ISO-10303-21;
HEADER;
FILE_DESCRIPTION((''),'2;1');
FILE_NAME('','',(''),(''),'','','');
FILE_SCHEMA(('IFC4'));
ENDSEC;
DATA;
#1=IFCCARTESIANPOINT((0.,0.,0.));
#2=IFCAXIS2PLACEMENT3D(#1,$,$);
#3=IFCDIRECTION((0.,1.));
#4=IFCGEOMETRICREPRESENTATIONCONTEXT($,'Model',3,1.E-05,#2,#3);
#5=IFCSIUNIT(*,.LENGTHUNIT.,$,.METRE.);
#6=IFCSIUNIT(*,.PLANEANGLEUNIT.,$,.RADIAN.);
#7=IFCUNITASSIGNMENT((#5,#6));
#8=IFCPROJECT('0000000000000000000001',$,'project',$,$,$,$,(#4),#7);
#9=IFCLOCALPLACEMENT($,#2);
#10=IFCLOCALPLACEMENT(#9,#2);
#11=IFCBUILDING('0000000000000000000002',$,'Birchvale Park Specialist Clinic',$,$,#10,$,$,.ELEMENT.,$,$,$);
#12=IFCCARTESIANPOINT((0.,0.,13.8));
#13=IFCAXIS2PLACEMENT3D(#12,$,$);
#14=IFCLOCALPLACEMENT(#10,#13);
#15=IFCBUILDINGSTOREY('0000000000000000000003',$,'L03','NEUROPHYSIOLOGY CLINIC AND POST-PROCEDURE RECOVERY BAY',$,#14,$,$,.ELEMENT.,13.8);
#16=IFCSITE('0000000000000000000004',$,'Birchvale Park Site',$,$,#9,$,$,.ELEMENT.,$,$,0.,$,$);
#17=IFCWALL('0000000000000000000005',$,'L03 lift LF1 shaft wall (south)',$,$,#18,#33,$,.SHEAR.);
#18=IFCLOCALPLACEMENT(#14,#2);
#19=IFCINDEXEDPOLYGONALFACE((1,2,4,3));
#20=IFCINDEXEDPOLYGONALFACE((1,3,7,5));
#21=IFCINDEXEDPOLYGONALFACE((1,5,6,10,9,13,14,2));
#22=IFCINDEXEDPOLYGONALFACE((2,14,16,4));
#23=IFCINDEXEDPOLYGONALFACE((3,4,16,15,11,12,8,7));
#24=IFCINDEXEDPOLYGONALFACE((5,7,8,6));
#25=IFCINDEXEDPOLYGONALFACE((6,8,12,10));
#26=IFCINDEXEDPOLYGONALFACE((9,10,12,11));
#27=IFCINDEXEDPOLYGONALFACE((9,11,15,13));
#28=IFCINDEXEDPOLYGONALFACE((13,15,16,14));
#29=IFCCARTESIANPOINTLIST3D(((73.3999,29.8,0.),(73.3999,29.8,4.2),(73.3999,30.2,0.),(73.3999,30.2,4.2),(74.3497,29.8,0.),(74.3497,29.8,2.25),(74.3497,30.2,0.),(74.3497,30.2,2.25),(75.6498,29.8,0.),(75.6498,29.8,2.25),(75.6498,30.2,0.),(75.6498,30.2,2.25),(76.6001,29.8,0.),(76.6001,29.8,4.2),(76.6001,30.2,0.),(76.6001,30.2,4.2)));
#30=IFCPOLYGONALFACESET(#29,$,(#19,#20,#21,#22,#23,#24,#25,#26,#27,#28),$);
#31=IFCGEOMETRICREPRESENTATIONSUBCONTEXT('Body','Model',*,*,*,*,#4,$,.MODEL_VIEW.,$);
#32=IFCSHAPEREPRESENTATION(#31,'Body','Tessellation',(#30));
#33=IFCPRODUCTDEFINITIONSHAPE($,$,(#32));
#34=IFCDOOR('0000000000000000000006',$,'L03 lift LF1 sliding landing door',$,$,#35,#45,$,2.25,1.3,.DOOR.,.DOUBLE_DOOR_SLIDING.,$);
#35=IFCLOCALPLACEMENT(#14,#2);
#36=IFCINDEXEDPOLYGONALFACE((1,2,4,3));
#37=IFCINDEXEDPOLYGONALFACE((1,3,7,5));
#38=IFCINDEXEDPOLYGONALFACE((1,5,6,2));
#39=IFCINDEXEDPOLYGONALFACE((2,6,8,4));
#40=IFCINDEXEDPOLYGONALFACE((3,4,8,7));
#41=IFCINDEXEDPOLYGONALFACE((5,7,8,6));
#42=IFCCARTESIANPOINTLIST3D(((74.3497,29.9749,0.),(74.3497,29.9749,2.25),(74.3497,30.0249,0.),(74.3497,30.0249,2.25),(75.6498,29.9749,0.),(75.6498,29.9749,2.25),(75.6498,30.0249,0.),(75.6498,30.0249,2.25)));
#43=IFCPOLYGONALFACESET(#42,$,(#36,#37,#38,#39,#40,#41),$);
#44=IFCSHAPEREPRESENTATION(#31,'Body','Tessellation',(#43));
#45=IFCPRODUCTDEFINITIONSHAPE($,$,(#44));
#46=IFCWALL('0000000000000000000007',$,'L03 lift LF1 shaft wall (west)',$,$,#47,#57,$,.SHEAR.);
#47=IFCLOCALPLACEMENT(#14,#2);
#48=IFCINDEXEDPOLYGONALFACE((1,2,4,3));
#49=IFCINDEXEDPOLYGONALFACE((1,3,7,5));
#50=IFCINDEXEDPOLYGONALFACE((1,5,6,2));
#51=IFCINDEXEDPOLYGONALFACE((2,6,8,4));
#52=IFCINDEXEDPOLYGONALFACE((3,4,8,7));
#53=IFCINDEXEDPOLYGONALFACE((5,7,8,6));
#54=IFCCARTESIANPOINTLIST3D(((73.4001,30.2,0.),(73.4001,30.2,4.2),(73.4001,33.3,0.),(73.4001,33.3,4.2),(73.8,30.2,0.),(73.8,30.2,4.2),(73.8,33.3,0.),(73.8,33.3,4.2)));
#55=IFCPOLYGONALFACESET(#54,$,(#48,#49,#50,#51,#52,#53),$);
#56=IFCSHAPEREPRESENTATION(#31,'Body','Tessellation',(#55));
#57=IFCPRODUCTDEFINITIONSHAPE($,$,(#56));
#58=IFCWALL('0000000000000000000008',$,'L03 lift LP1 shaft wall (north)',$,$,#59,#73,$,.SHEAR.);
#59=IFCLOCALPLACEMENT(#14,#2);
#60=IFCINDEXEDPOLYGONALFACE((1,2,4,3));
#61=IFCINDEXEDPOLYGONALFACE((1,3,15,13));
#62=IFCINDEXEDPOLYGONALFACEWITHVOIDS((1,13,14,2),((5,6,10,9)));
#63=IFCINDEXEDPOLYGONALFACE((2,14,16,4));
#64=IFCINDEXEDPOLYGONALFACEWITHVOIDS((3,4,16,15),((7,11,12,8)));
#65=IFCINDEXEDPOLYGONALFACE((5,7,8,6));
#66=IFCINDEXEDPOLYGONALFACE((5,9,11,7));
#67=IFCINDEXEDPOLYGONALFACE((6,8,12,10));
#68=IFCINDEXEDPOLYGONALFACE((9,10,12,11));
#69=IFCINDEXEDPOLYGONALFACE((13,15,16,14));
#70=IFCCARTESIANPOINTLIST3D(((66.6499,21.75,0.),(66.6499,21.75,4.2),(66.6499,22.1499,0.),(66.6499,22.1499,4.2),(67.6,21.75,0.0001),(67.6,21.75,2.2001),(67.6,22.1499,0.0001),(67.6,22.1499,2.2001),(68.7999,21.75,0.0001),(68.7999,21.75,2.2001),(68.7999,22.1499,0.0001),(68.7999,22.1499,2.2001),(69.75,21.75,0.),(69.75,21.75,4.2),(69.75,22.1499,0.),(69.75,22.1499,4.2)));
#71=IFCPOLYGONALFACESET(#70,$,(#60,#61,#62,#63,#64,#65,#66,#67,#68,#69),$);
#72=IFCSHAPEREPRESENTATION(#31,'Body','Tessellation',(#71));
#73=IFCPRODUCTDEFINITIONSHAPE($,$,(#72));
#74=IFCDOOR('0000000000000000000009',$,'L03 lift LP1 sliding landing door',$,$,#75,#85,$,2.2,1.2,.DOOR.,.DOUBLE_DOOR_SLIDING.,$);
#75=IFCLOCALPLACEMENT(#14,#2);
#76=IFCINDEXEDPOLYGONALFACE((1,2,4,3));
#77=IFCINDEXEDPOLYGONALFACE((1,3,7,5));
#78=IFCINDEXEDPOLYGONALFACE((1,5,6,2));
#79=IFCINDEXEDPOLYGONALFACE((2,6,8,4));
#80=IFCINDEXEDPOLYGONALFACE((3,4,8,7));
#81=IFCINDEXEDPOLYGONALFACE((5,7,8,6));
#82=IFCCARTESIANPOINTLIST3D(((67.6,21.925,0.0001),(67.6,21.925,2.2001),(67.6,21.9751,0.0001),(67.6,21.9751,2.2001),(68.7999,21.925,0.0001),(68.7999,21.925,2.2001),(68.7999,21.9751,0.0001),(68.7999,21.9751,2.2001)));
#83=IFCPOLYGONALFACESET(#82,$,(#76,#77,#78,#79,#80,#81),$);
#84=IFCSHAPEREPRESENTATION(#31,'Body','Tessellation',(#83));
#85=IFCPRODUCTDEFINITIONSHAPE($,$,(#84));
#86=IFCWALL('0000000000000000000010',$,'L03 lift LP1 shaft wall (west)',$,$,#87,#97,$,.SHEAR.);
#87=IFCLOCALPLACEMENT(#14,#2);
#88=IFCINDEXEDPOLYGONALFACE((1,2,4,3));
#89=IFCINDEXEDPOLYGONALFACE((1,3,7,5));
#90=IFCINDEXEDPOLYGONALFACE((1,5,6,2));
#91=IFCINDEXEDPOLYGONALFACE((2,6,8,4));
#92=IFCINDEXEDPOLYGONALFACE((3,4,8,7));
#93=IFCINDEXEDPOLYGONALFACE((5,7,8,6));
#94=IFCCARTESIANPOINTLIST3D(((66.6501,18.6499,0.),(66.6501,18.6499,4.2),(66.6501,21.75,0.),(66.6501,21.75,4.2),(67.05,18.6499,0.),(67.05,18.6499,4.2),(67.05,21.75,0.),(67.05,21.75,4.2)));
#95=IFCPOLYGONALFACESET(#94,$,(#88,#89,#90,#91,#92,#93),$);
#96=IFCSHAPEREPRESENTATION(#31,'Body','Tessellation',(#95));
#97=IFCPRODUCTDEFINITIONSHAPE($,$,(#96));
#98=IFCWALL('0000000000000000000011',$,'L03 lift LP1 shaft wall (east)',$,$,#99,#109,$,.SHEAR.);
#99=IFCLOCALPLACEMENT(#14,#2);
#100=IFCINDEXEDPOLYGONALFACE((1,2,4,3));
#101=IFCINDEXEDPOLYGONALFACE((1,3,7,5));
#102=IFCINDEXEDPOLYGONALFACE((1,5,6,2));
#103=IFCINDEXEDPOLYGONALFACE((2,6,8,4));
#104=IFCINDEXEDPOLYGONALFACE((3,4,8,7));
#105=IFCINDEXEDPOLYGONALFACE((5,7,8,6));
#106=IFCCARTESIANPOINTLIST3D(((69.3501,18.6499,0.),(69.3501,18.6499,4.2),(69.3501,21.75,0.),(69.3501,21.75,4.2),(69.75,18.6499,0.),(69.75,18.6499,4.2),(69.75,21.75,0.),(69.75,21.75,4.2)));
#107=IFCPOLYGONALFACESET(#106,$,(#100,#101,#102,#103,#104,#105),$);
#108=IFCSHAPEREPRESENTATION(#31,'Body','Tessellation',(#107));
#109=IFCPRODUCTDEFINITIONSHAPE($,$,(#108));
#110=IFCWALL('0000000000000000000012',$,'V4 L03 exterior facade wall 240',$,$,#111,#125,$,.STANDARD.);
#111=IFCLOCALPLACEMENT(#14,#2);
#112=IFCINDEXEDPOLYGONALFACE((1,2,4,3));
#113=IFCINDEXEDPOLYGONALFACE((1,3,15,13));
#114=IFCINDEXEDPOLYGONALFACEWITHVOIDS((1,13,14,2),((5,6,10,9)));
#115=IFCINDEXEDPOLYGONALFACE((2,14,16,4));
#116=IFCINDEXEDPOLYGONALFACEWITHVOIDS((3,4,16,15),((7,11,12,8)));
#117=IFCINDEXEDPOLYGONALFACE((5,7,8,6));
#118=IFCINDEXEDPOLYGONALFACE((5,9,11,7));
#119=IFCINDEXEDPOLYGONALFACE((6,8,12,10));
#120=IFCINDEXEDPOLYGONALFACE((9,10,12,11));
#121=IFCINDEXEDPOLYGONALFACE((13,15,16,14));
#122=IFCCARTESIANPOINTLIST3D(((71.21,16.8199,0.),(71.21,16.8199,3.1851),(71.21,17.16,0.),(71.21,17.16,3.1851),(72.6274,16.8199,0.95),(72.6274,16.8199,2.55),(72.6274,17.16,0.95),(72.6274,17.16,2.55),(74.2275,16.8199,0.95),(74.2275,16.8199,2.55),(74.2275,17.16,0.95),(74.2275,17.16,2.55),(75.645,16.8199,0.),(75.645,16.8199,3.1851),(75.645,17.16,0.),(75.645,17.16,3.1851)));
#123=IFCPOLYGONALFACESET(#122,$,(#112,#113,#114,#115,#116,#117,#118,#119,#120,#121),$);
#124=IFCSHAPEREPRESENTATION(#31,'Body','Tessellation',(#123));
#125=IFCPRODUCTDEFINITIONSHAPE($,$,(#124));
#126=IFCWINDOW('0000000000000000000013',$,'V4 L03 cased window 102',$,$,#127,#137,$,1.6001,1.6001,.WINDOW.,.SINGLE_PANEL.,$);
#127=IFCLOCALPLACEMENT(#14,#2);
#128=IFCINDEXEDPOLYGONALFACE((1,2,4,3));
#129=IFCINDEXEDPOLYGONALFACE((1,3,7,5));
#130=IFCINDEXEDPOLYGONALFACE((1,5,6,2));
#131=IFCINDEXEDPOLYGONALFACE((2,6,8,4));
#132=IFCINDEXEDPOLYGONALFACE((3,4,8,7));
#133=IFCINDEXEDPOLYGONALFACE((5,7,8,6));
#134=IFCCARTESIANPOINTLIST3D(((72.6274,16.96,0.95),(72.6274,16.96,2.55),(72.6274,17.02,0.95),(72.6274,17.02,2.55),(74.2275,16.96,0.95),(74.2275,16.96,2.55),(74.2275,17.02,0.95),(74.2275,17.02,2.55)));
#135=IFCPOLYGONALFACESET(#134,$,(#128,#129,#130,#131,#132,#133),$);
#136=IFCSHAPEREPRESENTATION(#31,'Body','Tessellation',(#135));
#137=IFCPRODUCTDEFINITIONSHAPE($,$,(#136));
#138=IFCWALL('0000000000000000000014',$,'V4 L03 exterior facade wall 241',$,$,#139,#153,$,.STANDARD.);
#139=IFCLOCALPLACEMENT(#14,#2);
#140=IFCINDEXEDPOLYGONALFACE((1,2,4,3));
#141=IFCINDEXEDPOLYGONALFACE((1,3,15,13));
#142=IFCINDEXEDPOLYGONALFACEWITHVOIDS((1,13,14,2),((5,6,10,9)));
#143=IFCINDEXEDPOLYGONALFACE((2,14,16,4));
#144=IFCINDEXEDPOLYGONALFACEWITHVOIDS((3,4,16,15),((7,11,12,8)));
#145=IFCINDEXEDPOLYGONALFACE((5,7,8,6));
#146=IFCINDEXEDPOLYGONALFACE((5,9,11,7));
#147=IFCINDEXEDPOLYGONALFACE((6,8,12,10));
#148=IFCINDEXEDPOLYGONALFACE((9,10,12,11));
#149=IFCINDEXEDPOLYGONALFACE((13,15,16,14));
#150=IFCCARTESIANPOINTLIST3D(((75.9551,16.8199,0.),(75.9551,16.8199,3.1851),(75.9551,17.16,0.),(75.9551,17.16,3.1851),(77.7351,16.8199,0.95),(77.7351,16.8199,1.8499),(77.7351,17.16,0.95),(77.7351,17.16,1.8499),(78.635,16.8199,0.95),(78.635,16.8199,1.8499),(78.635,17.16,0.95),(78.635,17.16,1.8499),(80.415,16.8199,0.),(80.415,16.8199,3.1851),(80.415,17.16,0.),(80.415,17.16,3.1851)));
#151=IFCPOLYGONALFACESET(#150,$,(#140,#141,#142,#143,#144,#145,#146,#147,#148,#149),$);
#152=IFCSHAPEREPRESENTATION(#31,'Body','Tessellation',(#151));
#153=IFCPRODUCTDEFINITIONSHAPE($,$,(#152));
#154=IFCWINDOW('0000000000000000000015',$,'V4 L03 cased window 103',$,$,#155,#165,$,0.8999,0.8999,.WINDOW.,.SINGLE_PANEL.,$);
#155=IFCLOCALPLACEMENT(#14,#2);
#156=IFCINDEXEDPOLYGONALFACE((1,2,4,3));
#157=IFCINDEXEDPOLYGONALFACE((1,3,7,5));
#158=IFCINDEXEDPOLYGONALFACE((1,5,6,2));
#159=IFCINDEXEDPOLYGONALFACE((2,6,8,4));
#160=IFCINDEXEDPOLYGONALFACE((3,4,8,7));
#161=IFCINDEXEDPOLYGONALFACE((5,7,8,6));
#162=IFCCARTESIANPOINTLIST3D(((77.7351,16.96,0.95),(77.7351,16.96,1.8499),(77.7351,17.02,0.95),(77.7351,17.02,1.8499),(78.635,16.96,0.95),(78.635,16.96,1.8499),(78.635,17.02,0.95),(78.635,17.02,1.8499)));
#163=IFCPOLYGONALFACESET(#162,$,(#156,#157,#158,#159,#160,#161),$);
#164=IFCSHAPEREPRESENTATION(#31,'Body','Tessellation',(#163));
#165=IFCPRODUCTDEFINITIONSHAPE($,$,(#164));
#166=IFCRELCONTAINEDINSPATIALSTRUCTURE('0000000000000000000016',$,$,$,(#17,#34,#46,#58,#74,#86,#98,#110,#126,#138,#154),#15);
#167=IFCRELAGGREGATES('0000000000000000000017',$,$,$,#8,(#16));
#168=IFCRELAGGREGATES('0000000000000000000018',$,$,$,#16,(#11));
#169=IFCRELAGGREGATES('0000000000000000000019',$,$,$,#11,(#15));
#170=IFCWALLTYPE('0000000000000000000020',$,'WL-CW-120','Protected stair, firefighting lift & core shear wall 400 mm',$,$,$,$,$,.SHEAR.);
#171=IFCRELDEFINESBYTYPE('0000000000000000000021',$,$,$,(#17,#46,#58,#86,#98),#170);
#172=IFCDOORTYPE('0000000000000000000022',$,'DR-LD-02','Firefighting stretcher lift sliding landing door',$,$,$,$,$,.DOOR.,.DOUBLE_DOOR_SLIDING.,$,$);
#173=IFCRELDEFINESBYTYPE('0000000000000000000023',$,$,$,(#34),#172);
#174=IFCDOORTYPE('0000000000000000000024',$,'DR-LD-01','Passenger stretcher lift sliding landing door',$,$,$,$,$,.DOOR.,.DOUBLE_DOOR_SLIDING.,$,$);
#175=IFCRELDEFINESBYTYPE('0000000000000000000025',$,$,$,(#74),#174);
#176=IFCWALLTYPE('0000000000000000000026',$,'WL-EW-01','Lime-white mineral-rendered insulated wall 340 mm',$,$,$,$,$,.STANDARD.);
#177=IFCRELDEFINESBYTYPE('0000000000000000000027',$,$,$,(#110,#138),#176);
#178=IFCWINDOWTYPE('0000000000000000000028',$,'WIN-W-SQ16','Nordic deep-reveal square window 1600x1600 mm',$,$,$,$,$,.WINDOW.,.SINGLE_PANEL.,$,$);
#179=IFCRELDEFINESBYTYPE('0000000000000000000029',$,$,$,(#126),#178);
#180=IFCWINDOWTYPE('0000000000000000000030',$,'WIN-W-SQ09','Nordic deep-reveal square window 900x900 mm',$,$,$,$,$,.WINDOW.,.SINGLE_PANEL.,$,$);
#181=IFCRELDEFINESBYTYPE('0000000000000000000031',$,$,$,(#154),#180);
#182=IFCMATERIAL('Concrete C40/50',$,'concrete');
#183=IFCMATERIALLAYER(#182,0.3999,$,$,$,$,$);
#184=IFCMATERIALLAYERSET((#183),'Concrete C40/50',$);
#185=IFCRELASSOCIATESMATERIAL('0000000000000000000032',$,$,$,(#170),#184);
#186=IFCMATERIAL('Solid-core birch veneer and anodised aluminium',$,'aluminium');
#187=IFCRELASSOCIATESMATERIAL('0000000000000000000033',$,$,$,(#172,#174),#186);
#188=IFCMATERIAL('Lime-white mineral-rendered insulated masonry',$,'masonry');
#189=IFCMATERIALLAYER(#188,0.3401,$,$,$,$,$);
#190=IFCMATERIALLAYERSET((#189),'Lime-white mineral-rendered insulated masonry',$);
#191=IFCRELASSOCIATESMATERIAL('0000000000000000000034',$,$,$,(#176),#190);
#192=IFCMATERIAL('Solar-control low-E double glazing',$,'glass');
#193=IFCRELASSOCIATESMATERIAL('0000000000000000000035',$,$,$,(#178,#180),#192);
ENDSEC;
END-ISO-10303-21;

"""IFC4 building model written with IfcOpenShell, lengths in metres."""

from ifc_helpers import new_model, si_unit, direction, frame, frame_2d, origin, place, context, subcontext, project, spatial, rectangle, extrude, material, layer, layer_set, type_object, element, fill, save


model = new_model("IFC4")

# Units and contexts
model_context = context("Model", 3, precision=1e-05, world=origin(), true_north=direction((0.0, 1.0)))
body_context = subcontext(model_context, "Body", "Model", "MODEL_VIEW")
ifc_project = project(units=[si_unit("LENGTHUNIT", "METRE"), si_unit("PLANEANGLEUNIT", "RADIAN")], contexts=[model_context])

# Site, building, storey
site_placement = place(None, origin())
site = spatial("IfcSite", under=ifc_project, at=site_placement, Name="Birchvale Park Site", CompositionType="ELEMENT", RefElevation=0.0)
building_placement = place(site_placement, origin())
building = spatial("IfcBuilding", under=site, at=building_placement, Name="Birchvale Park Specialist Clinic", CompositionType="ELEMENT")
storey_placement = place(building_placement, frame((0.0, 0.0, 13.8)))
storey = spatial("IfcBuildingStorey", under=building, at=storey_placement, Name="L03", Description="NEUROPHYSIOLOGY CLINIC AND POST-PROCEDURE RECOVERY BAY", CompositionType="ELEMENT", Elevation=13.8)

# Shared definitions
ifc_material_1 = material(Name="Concrete C40/50", Category="concrete")

# Wall, opening, door
ifc_layer_1 = layer(ifc_material_1, 0.3999)
ifc_layer_set_1 = layer_set([ifc_layer_1], Name="Concrete C40/50")
wall_type_1 = type_object("IfcWallType", Name="WL-CW-120", Description="Protected stair, firefighting lift & core shear wall 400 mm", PredefinedType="SHEAR", material=ifc_layer_set_1)
wall_1_placement = place(storey_placement, frame((73.3999, 30.0, 0.0), z_axis=(0.0, 0.0, 1.0), x_axis=(1.0, 0.0, 0.0)))
wall_1 = element("IfcWall", 1, at=wall_1_placement, inside=storey, type_object=wall_type_1, Name="L03 lift LF1 shaft wall (south)", PredefinedType="SHEAR", context=body_context, shape_type="SweptSolid", body=[
    extrude(rectangle(XDim=3.2002, YDim=0.3999, at=frame_2d((1.6001, 0.0))), origin(), (0.0, 0.0, 1.0), 4.2),
])
opening_1_placement = place(wall_1_placement, frame((0.95, 0.0, 0.0)))
opening_1 = element("IfcOpeningElement", 2, at=opening_1_placement, cuts=wall_1, PredefinedType="OPENING", context=body_context, shape_type="SweptSolid", body=[
    extrude(rectangle(XDim=1.3, YDim=2.25, at=frame_2d((0.6499, 1.125))), frame((0.0, 0.21, 0.0), z_axis=(0.0, -1.0, 0.0), x_axis=(1.0, 0.0, 0.0)), (0.0, 0.0, 1.0), 0.4199),
])
ifc_material_2 = material(Name="Solid-core birch veneer and anodised aluminium", Category="aluminium")
door_type_1 = type_object("IfcDoorType", Name="DR-LD-02", Description="Firefighting stretcher lift sliding landing door", OperationType="DOUBLE_DOOR_SLIDING", PredefinedType="DOOR", material=ifc_material_2)
door_1_placement = place(opening_1_placement, origin())
door_1 = element("IfcDoor", 3, at=door_1_placement, inside=storey, type_object=door_type_1, Name="L03 lift LF1 sliding landing door", OperationType="DOUBLE_DOOR_SLIDING", OverallHeight=2.25, OverallWidth=1.3, PredefinedType="DOOR", context=body_context, shape_type="SweptSolid", body=[
    extrude(rectangle(XDim=1.3, YDim=2.25, at=frame_2d((0.6499, 1.125))), frame((0.0, 0.0249, 0.0), z_axis=(0.0, -1.0, 0.0), x_axis=(1.0, 0.0, 0.0)), (0.0, 0.0, 1.0), 0.05),
])
fill(opening_1, door_1)

# Wall
wall_2_placement = place(storey_placement, frame((73.6001, 30.2, 0.0), z_axis=(0.0, 0.0, 1.0), x_axis=(0.0, 1.0, 0.0)))
element("IfcWall", 4, at=wall_2_placement, inside=storey, type_object=wall_type_1, Name="L03 lift LF1 shaft wall (west)", PredefinedType="SHEAR", context=body_context, shape_type="SweptSolid", body=[
    extrude(rectangle(XDim=3.1001, YDim=0.3999, at=frame_2d((1.55, 0.0))), origin(), (0.0, 0.0, 1.0), 4.2),
])

# Wall, opening, door
wall_3_placement = place(storey_placement, frame((69.75, 21.95, 0.0), z_axis=(0.0, 0.0, 1.0), x_axis=(-1.0, 0.0, 0.0)))
wall_3 = element("IfcWall", 5, at=wall_3_placement, inside=storey, type_object=wall_type_1, Name="L03 lift LP1 shaft wall (north)", PredefinedType="SHEAR", context=body_context, shape_type="SweptSolid", body=[
    extrude(rectangle(XDim=3.1001, YDim=0.3999, at=frame_2d((1.55, 0.0))), origin(), (0.0, 0.0, 1.0), 4.2),
])
opening_2_placement = place(wall_3_placement, frame((0.95, 0.0, 0.0)))
opening_2 = element("IfcOpeningElement", 6, at=opening_2_placement, cuts=wall_3, PredefinedType="OPENING", context=body_context, shape_type="SweptSolid", body=[
    extrude(rectangle(XDim=1.2, YDim=2.2, at=frame_2d((0.6001, 1.1001))), frame((0.0, 0.21, 0.0), z_axis=(0.0, -1.0, 0.0), x_axis=(1.0, 0.0, 0.0)), (0.0, 0.0, 1.0), 0.4199),
])
door_type_2 = type_object("IfcDoorType", Name="DR-LD-01", Description="Passenger stretcher lift sliding landing door", OperationType="DOUBLE_DOOR_SLIDING", PredefinedType="DOOR", material=ifc_material_2)
door_2_placement = place(opening_2_placement, origin())
door_2 = element("IfcDoor", 7, at=door_2_placement, inside=storey, type_object=door_type_2, Name="L03 lift LP1 sliding landing door", OperationType="DOUBLE_DOOR_SLIDING", OverallHeight=2.2, OverallWidth=1.2, PredefinedType="DOOR", context=body_context, shape_type="SweptSolid", body=[
    extrude(rectangle(XDim=1.2, YDim=2.2, at=frame_2d((0.6001, 1.1001))), frame((0.0, 0.0249, 0.0), z_axis=(0.0, -1.0, 0.0), x_axis=(1.0, 0.0, 0.0)), (0.0, 0.0, 1.0), 0.05),
])
fill(opening_2, door_2)

# Walls
for number, where, z_axis, x_axis, name in (
    (8, (66.8501, 18.6499, 0.0), (0.0, 0.0, 1.0), (0.0, 1.0, 0.0), "L03 lift LP1 shaft wall (west)"),
    (9, (69.55, 21.75, 0.0), (0.0, 0.0, 1.0), (0.0, -1.0, 0.0), "L03 lift LP1 shaft wall (east)"),
):
    element("IfcWall", number, at=place(storey_placement, frame(where, z_axis=z_axis, x_axis=x_axis)), inside=storey, type_object=wall_type_1, Name=name, PredefinedType="SHEAR", context=body_context, shape_type="SweptSolid", body=[
        extrude(rectangle(XDim=3.1001, YDim=0.3999, at=frame_2d((1.55, 0.0))), origin(), (0.0, 0.0, 1.0), 4.2),
    ])

# Walls, openings, windows
ifc_material_3 = material(Name="Lime-white mineral-rendered insulated masonry", Category="masonry")
ifc_layer_2 = layer(ifc_material_3, 0.3401)
ifc_layer_set_2 = layer_set([ifc_layer_2], Name="Lime-white mineral-rendered insulated masonry")
wall_type_2 = type_object("IfcWallType", Name="WL-EW-01", Description="Lime-white mineral-rendered insulated wall 340 mm", PredefinedType="STANDARD", material=ifc_layer_set_2)
wall_4_placement = place(storey_placement, frame((71.21, 16.99, 0.0), z_axis=(0.0, 0.0, 1.0), x_axis=(1.0, 0.0, 0.0)))
wall_4 = element("IfcWall", 10, at=wall_4_placement, inside=storey, type_object=wall_type_2, Name="V4 L03 exterior facade wall 240", PredefinedType="STANDARD", context=body_context, shape_type="SweptSolid", body=[
    extrude(rectangle(XDim=4.4351, YDim=0.3401, at=frame_2d((2.2175, 0.0))), origin(), (0.0, 0.0, 1.0), 3.1851),
])
opening_3_placement = place(wall_4_placement, frame((1.4175, 0.0, 0.95)))
opening_3 = element("IfcOpeningElement", 11, at=opening_3_placement, cuts=wall_4, PredefinedType="OPENING", context=body_context, shape_type="SweptSolid", body=[
    extrude(rectangle(XDim=1.6001, YDim=1.6001, at=frame_2d((0.8, 0.8))), frame((0.0, 0.1802, 0.0), z_axis=(0.0, -1.0, 0.0), x_axis=(1.0, 0.0, 0.0)), (0.0, 0.0, 1.0), 0.3601),
])
ifc_material_4 = material(Name="Solar-control low-E double glazing", Category="glass")
window_type_1 = type_object("IfcWindowType", Name="WIN-W-SQ16", Description="Nordic deep-reveal square window 1600x1600 mm", PartitioningType="SINGLE_PANEL", PredefinedType="WINDOW", material=ifc_material_4)
window_1_placement = place(opening_3_placement, origin())
window_1 = element("IfcWindow", 12, at=window_1_placement, inside=storey, type_object=window_type_1, Name="V4 L03 cased window 102", OverallHeight=1.6001, OverallWidth=1.6001, PartitioningType="SINGLE_PANEL", PredefinedType="WINDOW", context=body_context, shape_type="SweptSolid", body=[
    extrude(rectangle(XDim=1.6001, YDim=1.6001, at=frame_2d((0.8, 0.8))), frame((0.0, 0.03, 0.0), z_axis=(0.0, -1.0, 0.0), x_axis=(1.0, 0.0, 0.0)), (0.0, 0.0, 1.0), 0.0601),
])
fill(opening_3, window_1)
wall_5_placement = place(storey_placement, frame((75.9551, 16.99, 0.0), z_axis=(0.0, 0.0, 1.0), x_axis=(1.0, 0.0, 0.0)))
wall_5 = element("IfcWall", 13, at=wall_5_placement, inside=storey, type_object=wall_type_2, Name="V4 L03 exterior facade wall 241", PredefinedType="STANDARD", context=body_context, shape_type="SweptSolid", body=[
    extrude(rectangle(XDim=4.46, YDim=0.3401, at=frame_2d((2.23, 0.0))), origin(), (0.0, 0.0, 1.0), 3.1851),
])
opening_4_placement = place(wall_5_placement, frame((1.78, 0.0, 0.95)))
opening_4 = element("IfcOpeningElement", 14, at=opening_4_placement, cuts=wall_5, PredefinedType="OPENING", context=body_context, shape_type="SweptSolid", body=[
    extrude(rectangle(XDim=0.8999, YDim=0.8999, at=frame_2d((0.45, 0.45))), frame((0.0, 0.1802, 0.0), z_axis=(0.0, -1.0, 0.0), x_axis=(1.0, 0.0, 0.0)), (0.0, 0.0, 1.0), 0.3601),
])
window_type_2 = type_object("IfcWindowType", Name="WIN-W-SQ09", Description="Nordic deep-reveal square window 900x900 mm", PartitioningType="SINGLE_PANEL", PredefinedType="WINDOW", material=ifc_material_4)
window_2_placement = place(opening_4_placement, origin())
window_2 = element("IfcWindow", 15, at=window_2_placement, inside=storey, type_object=window_type_2, Name="V4 L03 cased window 103", OverallHeight=0.8999, OverallWidth=0.8999, PartitioningType="SINGLE_PANEL", PredefinedType="WINDOW", context=body_context, shape_type="SweptSolid", body=[
    extrude(rectangle(XDim=0.8999, YDim=0.8999, at=frame_2d((0.45, 0.45))), frame((0.0, 0.03, 0.0), z_axis=(0.0, -1.0, 0.0), x_axis=(1.0, 0.0, 0.0)), (0.0, 0.0, 1.0), 0.0601),
])
fill(opening_4, window_2)

save(model, "model.ifc")
